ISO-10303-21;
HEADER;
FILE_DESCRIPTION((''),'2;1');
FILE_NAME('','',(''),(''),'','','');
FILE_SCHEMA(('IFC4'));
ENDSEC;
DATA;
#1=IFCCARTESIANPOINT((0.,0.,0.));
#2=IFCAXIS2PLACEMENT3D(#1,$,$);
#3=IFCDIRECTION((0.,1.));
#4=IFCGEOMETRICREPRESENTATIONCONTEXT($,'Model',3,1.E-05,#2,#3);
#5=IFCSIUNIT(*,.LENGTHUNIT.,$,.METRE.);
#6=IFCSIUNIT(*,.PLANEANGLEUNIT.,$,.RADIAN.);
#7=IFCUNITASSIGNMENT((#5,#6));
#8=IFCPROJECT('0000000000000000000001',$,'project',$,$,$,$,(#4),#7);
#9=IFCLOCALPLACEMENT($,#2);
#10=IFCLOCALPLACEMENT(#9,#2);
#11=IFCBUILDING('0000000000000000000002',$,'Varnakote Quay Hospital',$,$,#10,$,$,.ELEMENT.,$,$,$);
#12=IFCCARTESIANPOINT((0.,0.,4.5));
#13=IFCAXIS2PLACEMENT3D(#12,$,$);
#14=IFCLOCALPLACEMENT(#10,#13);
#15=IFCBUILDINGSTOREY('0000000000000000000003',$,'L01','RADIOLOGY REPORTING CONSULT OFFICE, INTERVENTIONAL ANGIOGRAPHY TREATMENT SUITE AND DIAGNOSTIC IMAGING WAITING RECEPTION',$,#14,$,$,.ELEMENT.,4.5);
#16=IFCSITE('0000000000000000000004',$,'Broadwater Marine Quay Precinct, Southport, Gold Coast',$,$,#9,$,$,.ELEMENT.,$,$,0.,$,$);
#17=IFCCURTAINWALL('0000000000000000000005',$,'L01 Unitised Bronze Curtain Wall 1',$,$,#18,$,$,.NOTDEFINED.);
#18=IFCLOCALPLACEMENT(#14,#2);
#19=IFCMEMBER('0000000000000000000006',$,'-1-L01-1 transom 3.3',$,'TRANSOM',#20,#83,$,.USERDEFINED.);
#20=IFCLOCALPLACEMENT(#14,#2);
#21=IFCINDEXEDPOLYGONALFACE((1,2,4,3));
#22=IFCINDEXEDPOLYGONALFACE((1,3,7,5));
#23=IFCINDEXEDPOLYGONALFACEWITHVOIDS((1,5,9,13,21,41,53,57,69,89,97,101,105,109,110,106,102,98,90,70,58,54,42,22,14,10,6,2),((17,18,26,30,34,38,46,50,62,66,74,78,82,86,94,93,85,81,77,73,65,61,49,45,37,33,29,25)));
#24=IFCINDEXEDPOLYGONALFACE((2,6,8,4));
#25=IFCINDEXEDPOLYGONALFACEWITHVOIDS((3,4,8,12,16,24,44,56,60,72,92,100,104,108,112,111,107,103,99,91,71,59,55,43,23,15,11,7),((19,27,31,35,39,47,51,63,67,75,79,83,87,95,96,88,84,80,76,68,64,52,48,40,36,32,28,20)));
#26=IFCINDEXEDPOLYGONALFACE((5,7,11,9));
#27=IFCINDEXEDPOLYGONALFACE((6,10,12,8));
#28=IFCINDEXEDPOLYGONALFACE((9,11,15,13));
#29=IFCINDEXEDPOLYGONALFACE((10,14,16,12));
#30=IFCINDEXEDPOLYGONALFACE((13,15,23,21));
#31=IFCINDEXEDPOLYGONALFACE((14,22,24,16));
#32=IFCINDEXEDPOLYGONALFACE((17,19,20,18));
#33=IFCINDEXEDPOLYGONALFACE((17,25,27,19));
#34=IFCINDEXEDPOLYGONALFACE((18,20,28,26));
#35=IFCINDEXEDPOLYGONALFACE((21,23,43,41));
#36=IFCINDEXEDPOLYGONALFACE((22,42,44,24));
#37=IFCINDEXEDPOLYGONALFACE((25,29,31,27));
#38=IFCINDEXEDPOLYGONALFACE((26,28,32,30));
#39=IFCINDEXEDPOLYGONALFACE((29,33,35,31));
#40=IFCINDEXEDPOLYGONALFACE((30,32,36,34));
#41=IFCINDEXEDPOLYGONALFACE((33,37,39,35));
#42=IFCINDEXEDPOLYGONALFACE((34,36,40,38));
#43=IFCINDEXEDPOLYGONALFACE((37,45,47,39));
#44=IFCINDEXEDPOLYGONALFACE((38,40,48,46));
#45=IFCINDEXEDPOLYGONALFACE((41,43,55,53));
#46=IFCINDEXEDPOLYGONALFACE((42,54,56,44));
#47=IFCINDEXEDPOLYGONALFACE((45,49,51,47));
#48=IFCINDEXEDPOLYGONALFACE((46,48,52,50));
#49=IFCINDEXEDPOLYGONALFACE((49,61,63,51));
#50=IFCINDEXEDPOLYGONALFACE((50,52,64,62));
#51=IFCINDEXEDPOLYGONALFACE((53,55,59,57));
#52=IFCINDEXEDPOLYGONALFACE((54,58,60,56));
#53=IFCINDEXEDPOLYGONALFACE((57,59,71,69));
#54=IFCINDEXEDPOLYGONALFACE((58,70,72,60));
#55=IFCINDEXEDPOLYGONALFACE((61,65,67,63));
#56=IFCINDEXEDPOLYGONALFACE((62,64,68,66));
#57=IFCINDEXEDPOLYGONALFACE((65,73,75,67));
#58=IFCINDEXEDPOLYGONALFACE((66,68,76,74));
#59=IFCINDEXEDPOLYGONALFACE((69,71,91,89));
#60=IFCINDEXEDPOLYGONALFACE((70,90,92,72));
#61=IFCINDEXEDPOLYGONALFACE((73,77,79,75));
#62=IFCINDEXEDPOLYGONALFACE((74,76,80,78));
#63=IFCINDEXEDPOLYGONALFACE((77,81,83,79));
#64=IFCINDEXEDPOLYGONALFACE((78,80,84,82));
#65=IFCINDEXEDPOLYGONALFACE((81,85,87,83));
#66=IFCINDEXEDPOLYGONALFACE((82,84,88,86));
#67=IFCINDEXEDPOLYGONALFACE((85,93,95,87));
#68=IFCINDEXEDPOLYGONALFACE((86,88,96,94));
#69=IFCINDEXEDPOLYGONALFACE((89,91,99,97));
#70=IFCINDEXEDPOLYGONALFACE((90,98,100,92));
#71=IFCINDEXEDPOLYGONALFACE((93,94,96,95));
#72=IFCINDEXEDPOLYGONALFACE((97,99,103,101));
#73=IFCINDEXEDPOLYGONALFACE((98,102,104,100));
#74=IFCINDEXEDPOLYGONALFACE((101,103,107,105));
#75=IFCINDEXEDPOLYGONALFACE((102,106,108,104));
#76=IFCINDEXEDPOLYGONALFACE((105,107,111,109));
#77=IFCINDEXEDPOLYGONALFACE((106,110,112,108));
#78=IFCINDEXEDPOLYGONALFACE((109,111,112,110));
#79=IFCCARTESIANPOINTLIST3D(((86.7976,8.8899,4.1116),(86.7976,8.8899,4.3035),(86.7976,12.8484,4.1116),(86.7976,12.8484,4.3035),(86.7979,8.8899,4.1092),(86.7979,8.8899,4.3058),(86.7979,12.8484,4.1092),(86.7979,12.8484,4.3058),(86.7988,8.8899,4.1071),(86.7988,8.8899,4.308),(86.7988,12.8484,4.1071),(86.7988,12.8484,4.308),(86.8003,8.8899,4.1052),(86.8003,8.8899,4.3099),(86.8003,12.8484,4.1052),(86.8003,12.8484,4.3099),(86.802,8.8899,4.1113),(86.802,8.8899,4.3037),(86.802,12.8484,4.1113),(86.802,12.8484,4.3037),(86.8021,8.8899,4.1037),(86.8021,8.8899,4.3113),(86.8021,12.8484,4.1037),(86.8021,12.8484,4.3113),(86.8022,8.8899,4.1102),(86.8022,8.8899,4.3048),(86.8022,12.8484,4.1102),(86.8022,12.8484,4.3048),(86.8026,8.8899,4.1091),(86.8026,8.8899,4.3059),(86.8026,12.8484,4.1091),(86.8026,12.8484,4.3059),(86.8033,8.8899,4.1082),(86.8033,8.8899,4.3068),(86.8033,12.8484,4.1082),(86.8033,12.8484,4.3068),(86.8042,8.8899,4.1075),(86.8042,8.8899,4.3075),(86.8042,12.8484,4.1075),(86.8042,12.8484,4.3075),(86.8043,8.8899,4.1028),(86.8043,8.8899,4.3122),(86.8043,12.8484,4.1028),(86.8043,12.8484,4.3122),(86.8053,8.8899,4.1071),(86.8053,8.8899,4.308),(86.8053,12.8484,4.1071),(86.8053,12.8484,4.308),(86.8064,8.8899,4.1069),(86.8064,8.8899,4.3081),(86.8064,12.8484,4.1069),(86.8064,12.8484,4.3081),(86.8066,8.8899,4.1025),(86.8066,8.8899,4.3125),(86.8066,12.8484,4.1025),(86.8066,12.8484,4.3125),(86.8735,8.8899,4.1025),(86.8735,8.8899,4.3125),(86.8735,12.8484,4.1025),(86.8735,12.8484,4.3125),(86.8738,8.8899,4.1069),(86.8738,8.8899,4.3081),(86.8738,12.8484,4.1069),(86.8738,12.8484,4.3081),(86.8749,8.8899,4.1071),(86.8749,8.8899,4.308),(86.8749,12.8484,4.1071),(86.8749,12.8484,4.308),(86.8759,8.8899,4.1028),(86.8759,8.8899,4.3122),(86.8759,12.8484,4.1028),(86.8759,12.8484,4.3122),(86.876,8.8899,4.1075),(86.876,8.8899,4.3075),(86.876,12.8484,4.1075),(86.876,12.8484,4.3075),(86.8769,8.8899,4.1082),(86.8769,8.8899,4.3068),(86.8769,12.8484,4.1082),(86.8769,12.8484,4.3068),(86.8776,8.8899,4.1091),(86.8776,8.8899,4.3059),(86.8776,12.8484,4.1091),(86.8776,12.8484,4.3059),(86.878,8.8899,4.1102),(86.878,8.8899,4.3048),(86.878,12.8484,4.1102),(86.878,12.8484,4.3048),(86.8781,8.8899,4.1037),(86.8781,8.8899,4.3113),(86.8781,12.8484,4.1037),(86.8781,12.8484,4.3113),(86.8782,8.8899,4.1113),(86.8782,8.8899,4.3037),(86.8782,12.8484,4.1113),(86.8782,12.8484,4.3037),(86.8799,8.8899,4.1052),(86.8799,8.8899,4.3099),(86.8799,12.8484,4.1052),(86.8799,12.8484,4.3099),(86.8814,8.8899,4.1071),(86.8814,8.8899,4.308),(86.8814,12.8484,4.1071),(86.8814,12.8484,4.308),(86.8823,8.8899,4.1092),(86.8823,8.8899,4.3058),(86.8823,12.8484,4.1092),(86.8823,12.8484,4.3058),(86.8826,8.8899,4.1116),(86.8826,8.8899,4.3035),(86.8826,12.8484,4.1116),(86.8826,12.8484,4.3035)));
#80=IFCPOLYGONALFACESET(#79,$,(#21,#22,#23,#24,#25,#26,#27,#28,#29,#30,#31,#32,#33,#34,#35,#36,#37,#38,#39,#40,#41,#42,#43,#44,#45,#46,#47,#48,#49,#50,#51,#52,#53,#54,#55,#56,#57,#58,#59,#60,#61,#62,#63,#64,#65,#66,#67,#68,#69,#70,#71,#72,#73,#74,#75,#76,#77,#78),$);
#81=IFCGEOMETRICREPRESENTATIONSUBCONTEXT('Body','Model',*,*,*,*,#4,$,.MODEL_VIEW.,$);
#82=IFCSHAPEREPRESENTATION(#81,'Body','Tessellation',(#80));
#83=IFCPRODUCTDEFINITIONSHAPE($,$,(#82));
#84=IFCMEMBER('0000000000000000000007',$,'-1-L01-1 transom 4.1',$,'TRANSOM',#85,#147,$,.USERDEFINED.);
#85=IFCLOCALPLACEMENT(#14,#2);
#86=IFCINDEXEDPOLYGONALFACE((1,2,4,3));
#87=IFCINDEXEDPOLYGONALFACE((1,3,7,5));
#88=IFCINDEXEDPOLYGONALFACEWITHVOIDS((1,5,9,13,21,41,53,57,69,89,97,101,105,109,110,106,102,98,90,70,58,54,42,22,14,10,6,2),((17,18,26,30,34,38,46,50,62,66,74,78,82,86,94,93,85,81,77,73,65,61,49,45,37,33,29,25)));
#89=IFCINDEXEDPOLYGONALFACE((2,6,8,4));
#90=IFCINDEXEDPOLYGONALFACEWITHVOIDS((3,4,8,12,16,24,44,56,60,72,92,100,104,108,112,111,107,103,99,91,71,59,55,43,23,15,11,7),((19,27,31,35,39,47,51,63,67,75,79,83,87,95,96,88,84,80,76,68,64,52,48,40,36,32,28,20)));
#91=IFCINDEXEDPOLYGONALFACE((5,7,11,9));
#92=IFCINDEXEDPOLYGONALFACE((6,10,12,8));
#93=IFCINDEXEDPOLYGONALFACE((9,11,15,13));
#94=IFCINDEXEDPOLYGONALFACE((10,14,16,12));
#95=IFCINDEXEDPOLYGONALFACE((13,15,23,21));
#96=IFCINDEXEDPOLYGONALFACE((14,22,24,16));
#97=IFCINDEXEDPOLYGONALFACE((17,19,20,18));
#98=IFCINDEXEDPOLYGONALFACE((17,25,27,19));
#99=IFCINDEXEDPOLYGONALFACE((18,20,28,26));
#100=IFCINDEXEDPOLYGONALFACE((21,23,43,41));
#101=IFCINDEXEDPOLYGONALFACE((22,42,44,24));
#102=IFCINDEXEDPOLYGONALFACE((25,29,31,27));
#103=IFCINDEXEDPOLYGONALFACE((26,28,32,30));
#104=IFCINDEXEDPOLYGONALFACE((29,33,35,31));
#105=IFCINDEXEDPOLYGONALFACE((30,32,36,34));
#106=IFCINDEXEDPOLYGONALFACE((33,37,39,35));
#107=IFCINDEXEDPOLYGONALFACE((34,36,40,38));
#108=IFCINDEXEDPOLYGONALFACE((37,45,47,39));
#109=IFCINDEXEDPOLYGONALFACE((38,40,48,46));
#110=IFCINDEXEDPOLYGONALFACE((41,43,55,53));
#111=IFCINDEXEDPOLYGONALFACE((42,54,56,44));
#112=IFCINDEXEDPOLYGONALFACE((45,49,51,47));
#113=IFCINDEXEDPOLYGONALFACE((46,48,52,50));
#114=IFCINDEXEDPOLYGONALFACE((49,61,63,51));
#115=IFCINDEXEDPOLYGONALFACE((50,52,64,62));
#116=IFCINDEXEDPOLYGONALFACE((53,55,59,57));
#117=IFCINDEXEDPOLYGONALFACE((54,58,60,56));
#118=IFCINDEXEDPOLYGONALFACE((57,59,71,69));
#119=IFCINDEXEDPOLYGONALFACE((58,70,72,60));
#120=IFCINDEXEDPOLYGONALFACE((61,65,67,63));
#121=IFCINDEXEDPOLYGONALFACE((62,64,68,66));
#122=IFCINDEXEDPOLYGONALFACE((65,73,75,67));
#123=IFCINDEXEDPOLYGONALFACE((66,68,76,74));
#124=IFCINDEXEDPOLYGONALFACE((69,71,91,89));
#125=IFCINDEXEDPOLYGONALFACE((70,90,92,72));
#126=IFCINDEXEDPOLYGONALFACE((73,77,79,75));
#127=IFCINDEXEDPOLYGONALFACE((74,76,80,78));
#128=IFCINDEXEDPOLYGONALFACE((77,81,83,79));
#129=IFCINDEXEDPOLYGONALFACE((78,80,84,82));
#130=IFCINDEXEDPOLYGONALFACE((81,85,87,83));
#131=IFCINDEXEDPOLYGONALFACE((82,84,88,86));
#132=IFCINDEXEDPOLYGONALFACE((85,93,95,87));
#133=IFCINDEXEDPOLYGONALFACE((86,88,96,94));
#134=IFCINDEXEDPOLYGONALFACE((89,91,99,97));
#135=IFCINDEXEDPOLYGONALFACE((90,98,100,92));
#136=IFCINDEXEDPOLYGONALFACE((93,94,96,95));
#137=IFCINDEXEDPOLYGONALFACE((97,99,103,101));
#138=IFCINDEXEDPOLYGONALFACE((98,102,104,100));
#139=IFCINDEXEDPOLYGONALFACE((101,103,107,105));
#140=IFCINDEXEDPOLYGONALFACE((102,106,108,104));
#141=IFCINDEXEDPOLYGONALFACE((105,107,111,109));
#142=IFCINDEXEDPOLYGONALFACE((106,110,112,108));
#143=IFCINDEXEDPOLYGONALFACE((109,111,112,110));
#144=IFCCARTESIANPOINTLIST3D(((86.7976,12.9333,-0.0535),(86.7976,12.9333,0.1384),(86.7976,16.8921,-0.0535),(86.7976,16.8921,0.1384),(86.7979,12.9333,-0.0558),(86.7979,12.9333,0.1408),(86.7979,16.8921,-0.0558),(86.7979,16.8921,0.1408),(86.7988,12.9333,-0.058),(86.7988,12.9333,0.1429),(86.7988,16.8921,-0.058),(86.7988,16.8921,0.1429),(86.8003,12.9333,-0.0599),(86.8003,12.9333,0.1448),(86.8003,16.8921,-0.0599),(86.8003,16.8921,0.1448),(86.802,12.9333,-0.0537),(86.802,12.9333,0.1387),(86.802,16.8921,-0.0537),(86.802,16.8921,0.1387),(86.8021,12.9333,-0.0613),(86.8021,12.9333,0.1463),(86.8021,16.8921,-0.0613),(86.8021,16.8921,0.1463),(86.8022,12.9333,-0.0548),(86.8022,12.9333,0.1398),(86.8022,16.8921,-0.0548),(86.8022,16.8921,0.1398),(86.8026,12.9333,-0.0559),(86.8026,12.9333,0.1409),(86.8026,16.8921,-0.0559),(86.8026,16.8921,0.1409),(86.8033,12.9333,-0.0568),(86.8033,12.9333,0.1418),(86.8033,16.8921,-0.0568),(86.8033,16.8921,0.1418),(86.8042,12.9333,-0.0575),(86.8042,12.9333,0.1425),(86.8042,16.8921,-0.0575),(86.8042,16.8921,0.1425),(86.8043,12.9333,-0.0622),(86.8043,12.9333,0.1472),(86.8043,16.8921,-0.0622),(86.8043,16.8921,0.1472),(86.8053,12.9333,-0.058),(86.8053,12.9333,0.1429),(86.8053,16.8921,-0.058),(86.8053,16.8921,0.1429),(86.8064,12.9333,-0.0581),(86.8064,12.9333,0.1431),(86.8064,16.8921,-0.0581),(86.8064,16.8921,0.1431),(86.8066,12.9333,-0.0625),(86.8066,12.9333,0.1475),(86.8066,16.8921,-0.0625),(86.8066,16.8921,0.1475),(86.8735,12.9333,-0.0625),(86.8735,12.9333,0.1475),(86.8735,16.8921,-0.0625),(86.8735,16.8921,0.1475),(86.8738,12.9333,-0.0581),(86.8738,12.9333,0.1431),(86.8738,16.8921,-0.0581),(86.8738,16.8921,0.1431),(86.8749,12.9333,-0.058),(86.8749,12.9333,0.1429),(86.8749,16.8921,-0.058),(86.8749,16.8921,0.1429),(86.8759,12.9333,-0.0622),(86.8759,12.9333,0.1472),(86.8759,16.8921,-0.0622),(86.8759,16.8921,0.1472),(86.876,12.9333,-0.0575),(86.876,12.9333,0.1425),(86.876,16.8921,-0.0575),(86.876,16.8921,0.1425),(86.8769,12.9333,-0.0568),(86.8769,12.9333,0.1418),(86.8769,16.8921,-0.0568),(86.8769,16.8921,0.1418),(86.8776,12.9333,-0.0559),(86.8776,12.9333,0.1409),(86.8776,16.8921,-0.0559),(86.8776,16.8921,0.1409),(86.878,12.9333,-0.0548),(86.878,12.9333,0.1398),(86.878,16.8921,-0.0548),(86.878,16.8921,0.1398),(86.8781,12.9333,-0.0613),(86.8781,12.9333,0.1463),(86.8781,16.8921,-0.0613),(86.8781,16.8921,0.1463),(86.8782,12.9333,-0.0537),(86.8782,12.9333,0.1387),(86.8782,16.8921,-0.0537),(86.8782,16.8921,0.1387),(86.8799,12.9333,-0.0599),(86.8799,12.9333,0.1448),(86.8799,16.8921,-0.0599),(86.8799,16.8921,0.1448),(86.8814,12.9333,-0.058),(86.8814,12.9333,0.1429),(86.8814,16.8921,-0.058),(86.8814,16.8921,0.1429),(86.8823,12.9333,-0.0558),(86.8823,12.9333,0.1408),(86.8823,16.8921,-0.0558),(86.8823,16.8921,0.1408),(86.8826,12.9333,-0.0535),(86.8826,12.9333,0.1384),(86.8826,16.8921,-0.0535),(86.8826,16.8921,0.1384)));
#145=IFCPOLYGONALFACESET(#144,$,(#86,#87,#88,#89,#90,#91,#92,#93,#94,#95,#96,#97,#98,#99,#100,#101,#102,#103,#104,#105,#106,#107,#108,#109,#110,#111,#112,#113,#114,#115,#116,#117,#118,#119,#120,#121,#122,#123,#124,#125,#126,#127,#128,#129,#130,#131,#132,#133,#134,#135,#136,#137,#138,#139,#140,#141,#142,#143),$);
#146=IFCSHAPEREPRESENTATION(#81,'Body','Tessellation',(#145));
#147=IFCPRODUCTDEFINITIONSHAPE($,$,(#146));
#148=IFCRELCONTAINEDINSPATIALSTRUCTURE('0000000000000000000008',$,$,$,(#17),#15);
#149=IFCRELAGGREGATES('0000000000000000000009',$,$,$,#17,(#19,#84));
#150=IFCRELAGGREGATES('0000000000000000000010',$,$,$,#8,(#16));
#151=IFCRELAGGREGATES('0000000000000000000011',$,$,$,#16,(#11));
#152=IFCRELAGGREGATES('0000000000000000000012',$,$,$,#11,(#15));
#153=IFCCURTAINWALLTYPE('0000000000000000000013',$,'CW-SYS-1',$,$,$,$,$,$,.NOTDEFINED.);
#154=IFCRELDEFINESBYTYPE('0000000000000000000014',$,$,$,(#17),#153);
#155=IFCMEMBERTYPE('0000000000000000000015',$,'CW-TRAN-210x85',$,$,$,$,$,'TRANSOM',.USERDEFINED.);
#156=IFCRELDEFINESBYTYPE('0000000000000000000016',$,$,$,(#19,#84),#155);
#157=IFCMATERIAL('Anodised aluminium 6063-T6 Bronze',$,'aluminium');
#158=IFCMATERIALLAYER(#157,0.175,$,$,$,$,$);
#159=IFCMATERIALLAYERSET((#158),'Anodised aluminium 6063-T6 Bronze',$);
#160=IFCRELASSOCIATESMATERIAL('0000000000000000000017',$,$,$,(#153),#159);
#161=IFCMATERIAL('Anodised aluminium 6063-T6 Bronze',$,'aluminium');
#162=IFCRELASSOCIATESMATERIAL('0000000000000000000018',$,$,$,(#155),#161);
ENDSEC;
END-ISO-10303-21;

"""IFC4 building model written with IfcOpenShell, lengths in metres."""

from ifc_helpers import new_model, si_unit, direction, frame, origin, origin_2d, place, context, subcontext, project, spatial, hollow_rectangle, extrude, material, layer, layer_set, material_profile, profile_set, type_object, element, aggregate, save


model = new_model("IFC4")

# Units and contexts
model_context = context("Model", 3, precision=1e-05, world=origin(), true_north=direction((0.0, 1.0)))
body_context = subcontext(model_context, "Body", "Model", "MODEL_VIEW")
ifc_project = project(units=[si_unit("LENGTHUNIT", "METRE"), si_unit("PLANEANGLEUNIT", "RADIAN")], contexts=[model_context])

# Site, building, storey
site_placement = place(None, origin())
site = spatial("IfcSite", under=ifc_project, at=site_placement, Name="Broadwater Marine Quay Precinct, Southport, Gold Coast", CompositionType="ELEMENT", RefElevation=0.0)
building_placement = place(site_placement, origin())
building = spatial("IfcBuilding", under=site, at=building_placement, Name="Varnakote Quay Hospital", CompositionType="ELEMENT")
storey_placement = place(building_placement, frame((0.0, 0.0, 4.5)))
storey = spatial("IfcBuildingStorey", under=building, at=storey_placement, Name="L01", Description="RADIOLOGY REPORTING CONSULT OFFICE, INTERVENTIONAL ANGIOGRAPHY TREATMENT SUITE AND DIAGNOSTIC IMAGING WAITING RECEPTION", CompositionType="ELEMENT", Elevation=4.5)

# Curtain wall, members
ifc_material_1 = material(Name="Anodised aluminium 6063-T6 Bronze", Category="aluminium")
ifc_layer_1 = layer(ifc_material_1, 0.175)
ifc_layer_set_1 = layer_set([ifc_layer_1], Name="Anodised aluminium 6063-T6 Bronze")
curtain_wall_type = type_object("IfcCurtainWallType", Name="CW-SYS-1", PredefinedType="NOTDEFINED", material=ifc_layer_set_1)
curtain_wall_placement = place(storey_placement, origin())
curtain_wall = element("IfcCurtainWall", 1, at=curtain_wall_placement, inside=storey, type_object=curtain_wall_type, Name="L01 Unitised Bronze Curtain Wall 1", PredefinedType="NOTDEFINED")
ifc_material_2 = material(Name="Anodised aluminium 6063-T6 Bronze", Category="aluminium")
ifc_material_profile_1 = material_profile(ifc_material_2, hollow_rectangle(XDim=0.085, YDim=0.21, WallThickness=0.0044, InnerFilletRadius=0.0044, OuterFilletRadius=0.009, at=origin_2d()), Name="CW-TRAN-210x85")
ifc_profile_set_1 = profile_set([ifc_material_profile_1], Name="Anodised aluminium 6063-T6 Bronze")
member_type_1 = type_object("IfcMemberType", Name="CW-TRAN-210x85", ElementType="TRANSOM", PredefinedType="USERDEFINED", material=ifc_profile_set_1)
member_1_placement = place(storey_placement, frame((86.8401, 8.8899, 4.2075), z_axis=(0.0, 1.0, 0.0), x_axis=(-1.0, 0.0, 0.0)))
member_1 = element("IfcMember", 2, at=member_1_placement, type_object=member_type_1, Name="-1-L01-1 transom 3.3", ObjectType="TRANSOM", PredefinedType="USERDEFINED", context=body_context, shape_type="SweptSolid", body=[
    extrude(hollow_rectangle(XDim=0.085, YDim=0.21, WallThickness=0.0044, InnerFilletRadius=0.0044, OuterFilletRadius=0.009, at=origin_2d()), origin(), (0.0, 0.0, 1.0), 3.9585),
])
member_2_placement = place(storey_placement, frame((86.8401, 12.9333, 0.0425), z_axis=(0.0, 1.0, 0.0), x_axis=(-1.0, 0.0, 0.0)))
member_2 = element("IfcMember", 3, at=member_2_placement, type_object=member_type_1, Name="-1-L01-1 transom 4.1", ObjectType="TRANSOM", PredefinedType="USERDEFINED", context=body_context, shape_type="SweptSolid", body=[
    extrude(hollow_rectangle(XDim=0.085, YDim=0.21, WallThickness=0.0044, InnerFilletRadius=0.0044, OuterFilletRadius=0.009, at=origin_2d()), origin(), (0.0, 0.0, 1.0), 3.9587),
])
aggregate(curtain_wall, [member_1, member_2])

save(model, "model.ifc")
